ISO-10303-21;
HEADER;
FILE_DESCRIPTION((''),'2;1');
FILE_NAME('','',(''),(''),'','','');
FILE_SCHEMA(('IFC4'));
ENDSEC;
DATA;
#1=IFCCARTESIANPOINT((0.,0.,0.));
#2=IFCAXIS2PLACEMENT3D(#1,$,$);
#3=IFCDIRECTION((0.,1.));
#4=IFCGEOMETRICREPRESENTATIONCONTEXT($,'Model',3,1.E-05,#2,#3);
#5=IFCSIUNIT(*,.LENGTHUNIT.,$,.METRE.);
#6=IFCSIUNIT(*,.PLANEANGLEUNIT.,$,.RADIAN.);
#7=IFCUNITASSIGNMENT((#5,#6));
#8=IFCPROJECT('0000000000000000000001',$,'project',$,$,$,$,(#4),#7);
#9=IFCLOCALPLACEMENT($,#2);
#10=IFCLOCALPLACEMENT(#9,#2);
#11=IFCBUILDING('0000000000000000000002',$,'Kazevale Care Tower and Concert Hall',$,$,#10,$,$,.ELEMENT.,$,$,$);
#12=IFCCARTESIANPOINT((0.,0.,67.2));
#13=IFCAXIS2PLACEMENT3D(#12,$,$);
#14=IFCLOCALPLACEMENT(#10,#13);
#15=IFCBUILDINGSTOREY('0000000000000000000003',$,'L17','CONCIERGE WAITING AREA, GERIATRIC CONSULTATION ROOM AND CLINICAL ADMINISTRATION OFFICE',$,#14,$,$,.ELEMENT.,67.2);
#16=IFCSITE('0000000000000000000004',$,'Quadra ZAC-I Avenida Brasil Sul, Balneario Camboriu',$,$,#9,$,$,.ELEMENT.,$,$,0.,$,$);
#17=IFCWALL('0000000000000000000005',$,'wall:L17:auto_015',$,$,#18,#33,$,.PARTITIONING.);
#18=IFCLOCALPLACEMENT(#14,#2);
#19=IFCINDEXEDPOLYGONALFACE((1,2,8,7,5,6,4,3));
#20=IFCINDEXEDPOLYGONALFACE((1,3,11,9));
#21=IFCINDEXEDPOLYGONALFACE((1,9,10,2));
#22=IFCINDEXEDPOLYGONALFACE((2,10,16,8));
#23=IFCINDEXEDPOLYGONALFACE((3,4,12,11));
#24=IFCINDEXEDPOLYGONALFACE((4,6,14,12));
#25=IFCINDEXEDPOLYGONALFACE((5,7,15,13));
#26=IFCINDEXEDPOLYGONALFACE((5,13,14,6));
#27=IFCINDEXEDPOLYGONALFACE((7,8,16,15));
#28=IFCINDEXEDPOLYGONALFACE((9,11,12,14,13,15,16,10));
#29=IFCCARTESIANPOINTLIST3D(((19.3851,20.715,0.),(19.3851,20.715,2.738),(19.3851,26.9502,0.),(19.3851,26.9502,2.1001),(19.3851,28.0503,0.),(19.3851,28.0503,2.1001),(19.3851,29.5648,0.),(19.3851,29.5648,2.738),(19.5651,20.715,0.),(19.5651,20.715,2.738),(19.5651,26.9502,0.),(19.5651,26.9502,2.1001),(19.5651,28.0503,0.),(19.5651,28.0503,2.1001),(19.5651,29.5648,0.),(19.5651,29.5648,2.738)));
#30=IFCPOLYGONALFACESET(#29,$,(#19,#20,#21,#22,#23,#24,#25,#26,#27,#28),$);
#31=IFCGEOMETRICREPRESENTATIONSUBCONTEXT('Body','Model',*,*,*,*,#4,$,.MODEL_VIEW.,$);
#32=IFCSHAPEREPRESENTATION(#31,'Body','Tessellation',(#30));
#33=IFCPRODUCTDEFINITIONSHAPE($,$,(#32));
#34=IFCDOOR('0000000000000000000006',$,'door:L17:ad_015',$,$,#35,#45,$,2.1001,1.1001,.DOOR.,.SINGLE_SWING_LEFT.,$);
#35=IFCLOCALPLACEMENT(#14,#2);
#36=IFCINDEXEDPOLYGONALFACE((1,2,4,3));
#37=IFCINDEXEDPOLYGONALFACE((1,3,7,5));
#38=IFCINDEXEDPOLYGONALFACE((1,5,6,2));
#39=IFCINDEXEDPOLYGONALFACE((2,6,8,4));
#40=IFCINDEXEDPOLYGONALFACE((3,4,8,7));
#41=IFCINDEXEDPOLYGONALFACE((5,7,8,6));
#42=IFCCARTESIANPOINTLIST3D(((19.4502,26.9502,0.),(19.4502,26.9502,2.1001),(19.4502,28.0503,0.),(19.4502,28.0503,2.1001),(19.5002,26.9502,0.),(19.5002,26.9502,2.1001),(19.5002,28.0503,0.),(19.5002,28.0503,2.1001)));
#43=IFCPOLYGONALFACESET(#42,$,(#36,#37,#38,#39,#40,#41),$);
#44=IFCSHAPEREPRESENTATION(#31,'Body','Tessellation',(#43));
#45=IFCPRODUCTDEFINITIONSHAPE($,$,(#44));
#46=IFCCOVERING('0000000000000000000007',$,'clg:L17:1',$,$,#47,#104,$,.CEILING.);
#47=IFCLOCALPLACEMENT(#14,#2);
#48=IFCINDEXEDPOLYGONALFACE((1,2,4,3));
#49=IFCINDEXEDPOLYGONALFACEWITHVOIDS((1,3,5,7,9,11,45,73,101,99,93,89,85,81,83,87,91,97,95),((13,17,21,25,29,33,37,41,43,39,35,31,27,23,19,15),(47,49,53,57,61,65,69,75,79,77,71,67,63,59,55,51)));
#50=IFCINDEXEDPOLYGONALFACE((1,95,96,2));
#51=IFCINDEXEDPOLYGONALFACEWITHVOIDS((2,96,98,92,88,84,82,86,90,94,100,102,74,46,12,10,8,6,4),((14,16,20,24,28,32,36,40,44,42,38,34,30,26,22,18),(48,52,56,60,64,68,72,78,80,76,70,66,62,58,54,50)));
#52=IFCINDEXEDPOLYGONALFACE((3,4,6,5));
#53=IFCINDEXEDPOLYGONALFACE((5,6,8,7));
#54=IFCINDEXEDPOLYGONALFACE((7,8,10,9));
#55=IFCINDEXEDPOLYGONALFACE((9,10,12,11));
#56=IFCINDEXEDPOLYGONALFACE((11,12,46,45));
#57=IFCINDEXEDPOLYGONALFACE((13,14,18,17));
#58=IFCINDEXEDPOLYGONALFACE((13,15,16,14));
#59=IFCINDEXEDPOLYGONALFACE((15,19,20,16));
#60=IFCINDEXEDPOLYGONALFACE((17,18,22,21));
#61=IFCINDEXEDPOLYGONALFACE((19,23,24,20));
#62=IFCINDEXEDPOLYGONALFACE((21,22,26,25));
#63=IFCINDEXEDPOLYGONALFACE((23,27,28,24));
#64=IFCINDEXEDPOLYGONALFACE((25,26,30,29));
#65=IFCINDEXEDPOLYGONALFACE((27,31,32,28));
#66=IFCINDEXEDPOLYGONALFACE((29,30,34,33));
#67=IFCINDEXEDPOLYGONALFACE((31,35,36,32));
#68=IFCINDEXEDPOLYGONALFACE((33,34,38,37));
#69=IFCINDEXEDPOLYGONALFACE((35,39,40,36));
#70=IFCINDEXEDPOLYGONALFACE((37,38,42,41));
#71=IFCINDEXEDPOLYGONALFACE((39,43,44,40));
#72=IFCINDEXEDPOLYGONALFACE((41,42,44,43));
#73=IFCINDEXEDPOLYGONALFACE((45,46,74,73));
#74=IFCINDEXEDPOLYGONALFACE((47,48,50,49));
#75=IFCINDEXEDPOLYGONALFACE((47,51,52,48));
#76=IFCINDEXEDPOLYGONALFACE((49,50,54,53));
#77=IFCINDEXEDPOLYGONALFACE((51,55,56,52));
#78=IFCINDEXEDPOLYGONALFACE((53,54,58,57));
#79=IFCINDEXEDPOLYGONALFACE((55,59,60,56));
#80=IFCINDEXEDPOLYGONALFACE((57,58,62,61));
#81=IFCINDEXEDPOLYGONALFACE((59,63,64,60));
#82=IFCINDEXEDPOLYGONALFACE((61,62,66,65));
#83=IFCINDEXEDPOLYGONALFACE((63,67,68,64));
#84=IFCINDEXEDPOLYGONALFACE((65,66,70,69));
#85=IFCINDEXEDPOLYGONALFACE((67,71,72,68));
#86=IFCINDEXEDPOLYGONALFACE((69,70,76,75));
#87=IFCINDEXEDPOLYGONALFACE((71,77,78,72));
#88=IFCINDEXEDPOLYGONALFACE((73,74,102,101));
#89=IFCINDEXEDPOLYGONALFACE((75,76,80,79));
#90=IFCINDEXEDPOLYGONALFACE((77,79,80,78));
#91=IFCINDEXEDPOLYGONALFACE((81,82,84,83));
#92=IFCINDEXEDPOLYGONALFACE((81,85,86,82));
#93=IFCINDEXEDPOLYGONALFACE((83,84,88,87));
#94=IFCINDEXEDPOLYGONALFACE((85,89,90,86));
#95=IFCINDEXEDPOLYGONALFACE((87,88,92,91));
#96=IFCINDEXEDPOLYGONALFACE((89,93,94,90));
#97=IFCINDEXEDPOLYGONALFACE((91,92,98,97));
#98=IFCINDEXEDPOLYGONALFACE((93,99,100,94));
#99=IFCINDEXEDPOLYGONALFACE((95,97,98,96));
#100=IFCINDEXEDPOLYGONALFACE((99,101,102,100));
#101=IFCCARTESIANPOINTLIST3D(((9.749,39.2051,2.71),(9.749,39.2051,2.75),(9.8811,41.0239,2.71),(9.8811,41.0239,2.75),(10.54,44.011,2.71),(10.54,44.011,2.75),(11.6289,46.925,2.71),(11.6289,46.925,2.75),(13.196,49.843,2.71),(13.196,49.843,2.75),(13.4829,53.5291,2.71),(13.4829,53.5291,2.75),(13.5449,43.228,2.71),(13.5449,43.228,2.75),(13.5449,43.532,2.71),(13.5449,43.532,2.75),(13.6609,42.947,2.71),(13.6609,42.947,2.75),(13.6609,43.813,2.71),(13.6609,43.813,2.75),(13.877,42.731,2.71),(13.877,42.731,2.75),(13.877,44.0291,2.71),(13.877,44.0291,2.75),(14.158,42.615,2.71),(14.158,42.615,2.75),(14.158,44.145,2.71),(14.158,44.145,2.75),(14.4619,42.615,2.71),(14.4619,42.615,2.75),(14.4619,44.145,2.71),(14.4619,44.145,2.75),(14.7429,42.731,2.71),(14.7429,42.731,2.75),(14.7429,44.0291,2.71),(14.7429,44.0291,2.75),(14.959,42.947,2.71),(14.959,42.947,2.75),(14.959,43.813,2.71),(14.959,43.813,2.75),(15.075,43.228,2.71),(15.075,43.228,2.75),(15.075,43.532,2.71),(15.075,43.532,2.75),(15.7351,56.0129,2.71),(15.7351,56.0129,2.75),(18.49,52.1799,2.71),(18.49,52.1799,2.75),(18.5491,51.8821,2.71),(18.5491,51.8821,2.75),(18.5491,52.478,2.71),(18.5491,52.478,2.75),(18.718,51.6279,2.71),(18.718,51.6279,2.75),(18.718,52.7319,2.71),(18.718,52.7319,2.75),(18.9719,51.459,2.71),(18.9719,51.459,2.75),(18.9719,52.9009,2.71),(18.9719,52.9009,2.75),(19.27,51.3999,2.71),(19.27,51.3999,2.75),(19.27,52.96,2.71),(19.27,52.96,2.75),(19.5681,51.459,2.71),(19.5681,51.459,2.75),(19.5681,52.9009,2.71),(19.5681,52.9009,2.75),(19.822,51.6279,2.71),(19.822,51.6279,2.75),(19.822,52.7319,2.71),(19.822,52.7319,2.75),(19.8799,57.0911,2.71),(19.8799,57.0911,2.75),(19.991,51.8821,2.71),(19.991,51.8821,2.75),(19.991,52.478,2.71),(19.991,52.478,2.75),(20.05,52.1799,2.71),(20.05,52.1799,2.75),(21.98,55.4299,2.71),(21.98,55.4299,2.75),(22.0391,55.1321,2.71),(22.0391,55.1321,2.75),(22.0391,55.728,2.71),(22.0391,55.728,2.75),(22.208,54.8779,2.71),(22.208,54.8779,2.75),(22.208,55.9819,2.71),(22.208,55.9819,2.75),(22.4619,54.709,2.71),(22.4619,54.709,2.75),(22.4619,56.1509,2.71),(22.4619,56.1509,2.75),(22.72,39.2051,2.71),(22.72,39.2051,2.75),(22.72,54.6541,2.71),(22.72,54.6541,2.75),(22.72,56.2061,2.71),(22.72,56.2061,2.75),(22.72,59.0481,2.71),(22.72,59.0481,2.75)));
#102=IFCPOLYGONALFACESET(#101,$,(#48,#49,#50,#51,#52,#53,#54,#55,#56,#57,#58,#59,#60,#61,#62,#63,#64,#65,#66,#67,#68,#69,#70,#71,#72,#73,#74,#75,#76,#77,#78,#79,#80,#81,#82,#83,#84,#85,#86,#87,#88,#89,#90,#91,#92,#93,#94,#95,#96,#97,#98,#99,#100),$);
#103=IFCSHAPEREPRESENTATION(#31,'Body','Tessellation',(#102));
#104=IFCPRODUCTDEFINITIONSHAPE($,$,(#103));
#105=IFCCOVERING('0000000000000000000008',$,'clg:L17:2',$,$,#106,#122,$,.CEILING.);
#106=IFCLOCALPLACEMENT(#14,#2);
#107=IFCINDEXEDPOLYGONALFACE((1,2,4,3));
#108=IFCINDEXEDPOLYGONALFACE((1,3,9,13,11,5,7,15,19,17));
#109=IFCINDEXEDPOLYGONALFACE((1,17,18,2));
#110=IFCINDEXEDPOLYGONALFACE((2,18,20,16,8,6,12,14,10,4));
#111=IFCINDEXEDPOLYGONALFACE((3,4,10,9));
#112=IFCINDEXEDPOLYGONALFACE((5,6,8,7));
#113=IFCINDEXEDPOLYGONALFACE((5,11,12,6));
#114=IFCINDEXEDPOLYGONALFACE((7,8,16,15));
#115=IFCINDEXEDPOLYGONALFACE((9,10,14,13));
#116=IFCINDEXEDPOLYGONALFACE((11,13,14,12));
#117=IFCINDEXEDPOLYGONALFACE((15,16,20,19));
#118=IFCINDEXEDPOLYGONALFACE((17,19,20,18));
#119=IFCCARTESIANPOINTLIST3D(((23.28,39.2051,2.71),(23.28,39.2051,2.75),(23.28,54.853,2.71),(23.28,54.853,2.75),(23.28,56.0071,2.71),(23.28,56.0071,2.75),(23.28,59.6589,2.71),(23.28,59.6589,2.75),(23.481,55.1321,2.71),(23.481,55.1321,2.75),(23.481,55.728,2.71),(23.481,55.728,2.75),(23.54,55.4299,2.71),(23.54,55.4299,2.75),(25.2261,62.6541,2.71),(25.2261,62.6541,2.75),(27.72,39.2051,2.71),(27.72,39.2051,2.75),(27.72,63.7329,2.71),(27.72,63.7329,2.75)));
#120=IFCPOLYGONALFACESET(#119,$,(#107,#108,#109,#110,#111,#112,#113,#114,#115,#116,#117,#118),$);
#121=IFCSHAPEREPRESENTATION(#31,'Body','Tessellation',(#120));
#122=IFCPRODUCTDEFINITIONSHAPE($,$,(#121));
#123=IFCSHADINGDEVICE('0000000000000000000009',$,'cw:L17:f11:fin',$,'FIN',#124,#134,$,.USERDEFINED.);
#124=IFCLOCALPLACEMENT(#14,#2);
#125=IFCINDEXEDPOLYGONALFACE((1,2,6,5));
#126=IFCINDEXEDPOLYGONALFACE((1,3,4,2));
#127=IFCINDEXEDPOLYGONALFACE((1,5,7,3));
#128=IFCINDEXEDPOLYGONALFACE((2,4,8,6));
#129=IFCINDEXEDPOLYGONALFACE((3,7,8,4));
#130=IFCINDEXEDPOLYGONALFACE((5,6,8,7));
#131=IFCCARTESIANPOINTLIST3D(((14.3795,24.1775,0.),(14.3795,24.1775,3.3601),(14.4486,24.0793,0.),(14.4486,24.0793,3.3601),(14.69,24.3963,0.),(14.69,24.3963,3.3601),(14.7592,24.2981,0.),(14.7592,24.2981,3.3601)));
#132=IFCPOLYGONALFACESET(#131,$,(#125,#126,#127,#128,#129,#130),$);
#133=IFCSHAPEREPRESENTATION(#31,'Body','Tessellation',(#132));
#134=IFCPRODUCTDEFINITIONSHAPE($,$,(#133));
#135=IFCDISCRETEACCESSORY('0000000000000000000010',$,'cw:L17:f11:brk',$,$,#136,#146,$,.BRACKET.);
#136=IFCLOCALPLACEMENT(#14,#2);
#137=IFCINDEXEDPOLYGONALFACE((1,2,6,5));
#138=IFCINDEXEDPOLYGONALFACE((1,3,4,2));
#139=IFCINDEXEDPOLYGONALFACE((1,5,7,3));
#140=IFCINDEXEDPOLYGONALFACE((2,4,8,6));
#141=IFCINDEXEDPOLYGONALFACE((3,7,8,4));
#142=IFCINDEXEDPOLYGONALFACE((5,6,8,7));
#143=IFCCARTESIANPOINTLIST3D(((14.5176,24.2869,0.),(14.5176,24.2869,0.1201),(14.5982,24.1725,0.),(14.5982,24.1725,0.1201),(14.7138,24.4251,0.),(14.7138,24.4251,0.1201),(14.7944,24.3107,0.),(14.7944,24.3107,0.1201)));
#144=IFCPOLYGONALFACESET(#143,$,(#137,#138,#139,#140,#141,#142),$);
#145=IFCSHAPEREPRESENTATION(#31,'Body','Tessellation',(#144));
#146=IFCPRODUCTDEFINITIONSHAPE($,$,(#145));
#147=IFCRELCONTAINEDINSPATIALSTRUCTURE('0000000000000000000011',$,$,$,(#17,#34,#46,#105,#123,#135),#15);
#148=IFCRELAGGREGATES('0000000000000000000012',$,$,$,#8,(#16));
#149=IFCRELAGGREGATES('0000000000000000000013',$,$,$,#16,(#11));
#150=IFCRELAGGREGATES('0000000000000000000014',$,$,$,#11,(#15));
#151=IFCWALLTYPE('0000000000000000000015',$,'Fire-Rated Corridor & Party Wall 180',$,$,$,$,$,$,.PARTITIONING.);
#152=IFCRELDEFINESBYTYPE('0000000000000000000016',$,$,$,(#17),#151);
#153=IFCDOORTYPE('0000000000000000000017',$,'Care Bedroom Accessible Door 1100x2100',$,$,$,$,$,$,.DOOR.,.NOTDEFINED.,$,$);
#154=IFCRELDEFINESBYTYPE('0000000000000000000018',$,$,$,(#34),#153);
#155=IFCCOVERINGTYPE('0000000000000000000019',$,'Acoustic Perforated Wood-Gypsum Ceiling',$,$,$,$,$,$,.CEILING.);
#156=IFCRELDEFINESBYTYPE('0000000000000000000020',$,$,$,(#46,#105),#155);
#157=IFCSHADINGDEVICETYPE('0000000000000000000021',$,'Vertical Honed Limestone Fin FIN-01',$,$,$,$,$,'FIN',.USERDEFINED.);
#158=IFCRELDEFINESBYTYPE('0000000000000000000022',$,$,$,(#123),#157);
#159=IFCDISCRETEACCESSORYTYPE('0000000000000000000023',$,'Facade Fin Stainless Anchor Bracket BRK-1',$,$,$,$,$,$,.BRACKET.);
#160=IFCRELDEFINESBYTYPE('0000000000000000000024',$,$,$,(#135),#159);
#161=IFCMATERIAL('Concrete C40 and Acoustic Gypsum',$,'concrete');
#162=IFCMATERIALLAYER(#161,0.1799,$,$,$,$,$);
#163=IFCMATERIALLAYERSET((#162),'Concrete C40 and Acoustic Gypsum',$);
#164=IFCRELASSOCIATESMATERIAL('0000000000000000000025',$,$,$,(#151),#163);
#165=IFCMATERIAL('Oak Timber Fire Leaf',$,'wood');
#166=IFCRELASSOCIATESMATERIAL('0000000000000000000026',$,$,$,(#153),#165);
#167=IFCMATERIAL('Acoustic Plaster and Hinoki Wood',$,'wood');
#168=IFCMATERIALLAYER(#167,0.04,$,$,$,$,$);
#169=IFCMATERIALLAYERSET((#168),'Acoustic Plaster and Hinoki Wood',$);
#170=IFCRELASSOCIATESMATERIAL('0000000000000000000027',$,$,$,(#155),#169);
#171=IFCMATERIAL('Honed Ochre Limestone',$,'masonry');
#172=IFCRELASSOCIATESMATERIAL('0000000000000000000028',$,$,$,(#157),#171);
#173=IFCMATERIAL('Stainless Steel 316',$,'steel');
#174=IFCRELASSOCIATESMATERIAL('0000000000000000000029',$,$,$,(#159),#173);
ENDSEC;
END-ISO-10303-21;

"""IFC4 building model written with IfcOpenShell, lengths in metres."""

from ifc_helpers import new_model, si_unit, direction, frame, frame_2d, origin, origin_2d, place, context, subcontext, project, spatial, polyline, rectangle, outline, extrude, material, layer, layer_set, type_object, element, fill, save


model = new_model("IFC4")

# Units and contexts
model_context = context("Model", 3, precision=1e-05, world=origin(), true_north=direction((0.0, 1.0)))
body_context = subcontext(model_context, "Body", "Model", "MODEL_VIEW")
ifc_project = project(units=[si_unit("LENGTHUNIT", "METRE"), si_unit("PLANEANGLEUNIT", "RADIAN")], contexts=[model_context])

# Site, building, storey
site_placement = place(None, origin())
site = spatial("IfcSite", under=ifc_project, at=site_placement, Name="Quadra ZAC-I Avenida Brasil Sul, Balneario Camboriu", CompositionType="ELEMENT", RefElevation=0.0)
building_placement = place(site_placement, origin())
building = spatial("IfcBuilding", under=site, at=building_placement, Name="Kazevale Care Tower and Concert Hall", CompositionType="ELEMENT")
storey_placement = place(building_placement, frame((0.0, 0.0, 67.2)))
storey = spatial("IfcBuildingStorey", under=building, at=storey_placement, Name="L17", Description="CONCIERGE WAITING AREA, GERIATRIC CONSULTATION ROOM AND CLINICAL ADMINISTRATION OFFICE", CompositionType="ELEMENT", Elevation=67.2)

# Wall, opening, door
ifc_material_1 = material(Name="Concrete C40 and Acoustic Gypsum", Category="concrete")
ifc_layer_1 = layer(ifc_material_1, 0.1799)
ifc_layer_set_1 = layer_set([ifc_layer_1], Name="Concrete C40 and Acoustic Gypsum")
wall_type_1 = type_object("IfcWallType", Name="Fire-Rated Corridor & Party Wall 180", PredefinedType="PARTITIONING", material=ifc_layer_set_1)
wall_1_placement = place(storey_placement, frame((19.4751, 20.7151, 0.0), z_axis=(0.0, 0.0, 1.0), x_axis=(0.0, 1.0, 0.0)))
wall_1 = element("IfcWall", 1, at=wall_1_placement, inside=storey, type_object=wall_type_1, Name="wall:L17:auto_015", PredefinedType="PARTITIONING", context=body_context, shape_type="SweptSolid", body=[
    extrude(rectangle(XDim=8.8499, YDim=0.1799, at=frame_2d((4.4248, 0.0))), origin(), (0.0, 0.0, 1.0), 2.738),
])
opening_placement = place(wall_1_placement, frame((6.2351, 0.0, 0.0)))
opening = element("IfcOpeningElement", 2, at=opening_placement, cuts=wall_1, PredefinedType="OPENING", context=body_context, shape_type="SweptSolid", body=[
    extrude(rectangle(XDim=1.1001, YDim=2.1001, at=frame_2d((0.55, 1.05))), frame((0.0, 0.0999, 0.0), z_axis=(0.0, -1.0, 0.0), x_axis=(1.0, 0.0, 0.0)), (0.0, 0.0, 1.0), 0.2),
])
ifc_material_2 = material(Name="Oak Timber Fire Leaf", Category="wood")
door_type = type_object("IfcDoorType", Name="Care Bedroom Accessible Door 1100x2100", OperationType="NOTDEFINED", PredefinedType="DOOR", material=ifc_material_2)
door_placement = place(opening_placement, origin())
door = element("IfcDoor", 3, at=door_placement, inside=storey, type_object=door_type, Name="door:L17:ad_015", OperationType="SINGLE_SWING_LEFT", OverallHeight=2.1001, OverallWidth=1.1001, PredefinedType="DOOR", context=body_context, shape_type="SweptSolid", body=[
    extrude(rectangle(XDim=1.1001, YDim=2.1001, at=frame_2d((0.55, 1.05))), frame((0.0, 0.0249, 0.0), z_axis=(0.0, -1.0, 0.0), x_axis=(1.0, 0.0, 0.0)), (0.0, 0.0, 1.0), 0.05),
])
fill(opening, door)

# Coverings
ifc_material_3 = material(Name="Acoustic Plaster and Hinoki Wood", Category="wood")
ifc_layer_2 = layer(ifc_material_3, 0.04)
ifc_layer_set_2 = layer_set([ifc_layer_2], Name="Acoustic Plaster and Hinoki Wood")
covering_type = type_object("IfcCoveringType", Name="Acoustic Perforated Wood-Gypsum Ceiling", PredefinedType="CEILING", material=ifc_layer_set_2)
covering_1_placement = place(storey_placement, frame((0.0, 0.0, 2.71)))
element("IfcCovering", 4, at=covering_1_placement, inside=storey, type_object=covering_type, Name="clg:L17:1", PredefinedType="CEILING", context=body_context, shape_type="SweptSolid", body=[
    extrude(outline(polyline([(13.4829, 53.5291), (15.7351, 56.0129), (19.8799, 57.0911), (22.72, 59.0481), (22.72, 56.2061), (22.4619, 56.1509), (22.208, 55.9819), (22.0391, 55.728), (21.98, 55.4299), (22.0391, 55.1321), (22.208, 54.8779), (22.4619, 54.709), (22.72, 54.6541), (22.72, 39.2051), (9.749, 39.2051), (9.8811, 41.0239), (10.54, 44.011), (11.6289, 46.925), (13.196, 49.843), (13.4829, 53.5291)]), holes=[polyline([(19.991, 52.478), (19.822, 52.7319), (19.5681, 52.9009), (19.27, 52.96), (18.9719, 52.9009), (18.718, 52.7319), (18.5491, 52.478), (18.49, 52.1799), (18.5491, 51.8821), (18.718, 51.6279), (18.9719, 51.459), (19.27, 51.3999), (19.5681, 51.459), (19.822, 51.6279), (19.991, 51.8821), (20.05, 52.1799), (19.991, 52.478)]), polyline([(15.075, 43.532), (14.959, 43.813), (14.7429, 44.0291), (14.4619, 44.145), (14.158, 44.145), (13.877, 44.0291), (13.6609, 43.813), (13.5449, 43.532), (13.5449, 43.228), (13.6609, 42.947), (13.877, 42.731), (14.158, 42.615), (14.4619, 42.615), (14.7429, 42.731), (14.959, 42.947), (15.075, 43.228), (15.075, 43.532)])]), origin(), (0.0, 0.0, 1.0), 0.04),
])
covering_2_placement = place(storey_placement, frame((0.0, 0.0, 2.71)))
element("IfcCovering", 5, at=covering_2_placement, inside=storey, type_object=covering_type, Name="clg:L17:2", PredefinedType="CEILING", context=body_context, shape_type="SweptSolid", body=[
    extrude(outline(polyline([(23.28, 54.853), (23.481, 55.1321), (23.54, 55.4299), (23.481, 55.728), (23.28, 56.0071), (23.28, 59.6589), (25.2261, 62.6541), (27.72, 63.7329), (27.72, 39.2051), (23.28, 39.2051), (23.28, 54.853)])), origin(), (0.0, 0.0, 1.0), 0.04),
])

# Shading device
ifc_material_4 = material(Name="Honed Ochre Limestone", Category="masonry")
shading_device_type = type_object("IfcShadingDeviceType", Name="Vertical Honed Limestone Fin FIN-01", ElementType="FIN", PredefinedType="USERDEFINED", material=ifc_material_4)
shading_device_placement = place(storey_placement, frame((14.5693, 24.2378, 0.0), z_axis=(0.0, 0.0, 1.0), x_axis=(-0.817547, -0.575862, 0.0)))
element("IfcShadingDevice", 6, at=shading_device_placement, inside=storey, type_object=shading_device_type, Name="cw:L17:f11:fin", ObjectType="FIN", PredefinedType="USERDEFINED", context=body_context, shape_type="SweptSolid", body=[
    extrude(rectangle(XDim=0.3799, YDim=0.1201, at=origin_2d()), origin(), (0.0, 0.0, 1.0), 3.3601),
])

# Discrete accessory
ifc_material_5 = material(Name="Stainless Steel 316", Category="steel")
discrete_accessory_type = type_object("IfcDiscreteAccessoryType", Name="Facade Fin Stainless Anchor Bracket BRK-1", PredefinedType="BRACKET", material=ifc_material_5)
discrete_accessory_placement = place(storey_placement, frame((14.656, 24.2988, 0.0), z_axis=(0.0, 0.0, 1.0), x_axis=(-0.817547, -0.575862, 0.0)))
element("IfcDiscreteAccessory", 7, at=discrete_accessory_placement, inside=storey, type_object=discrete_accessory_type, Name="cw:L17:f11:brk", PredefinedType="BRACKET", context=body_context, shape_type="SweptSolid", body=[
    extrude(rectangle(XDim=0.24, YDim=0.1399, at=origin_2d()), origin(), (0.0, 0.0, 1.0), 0.1201),
])

save(model, "model.ifc")
